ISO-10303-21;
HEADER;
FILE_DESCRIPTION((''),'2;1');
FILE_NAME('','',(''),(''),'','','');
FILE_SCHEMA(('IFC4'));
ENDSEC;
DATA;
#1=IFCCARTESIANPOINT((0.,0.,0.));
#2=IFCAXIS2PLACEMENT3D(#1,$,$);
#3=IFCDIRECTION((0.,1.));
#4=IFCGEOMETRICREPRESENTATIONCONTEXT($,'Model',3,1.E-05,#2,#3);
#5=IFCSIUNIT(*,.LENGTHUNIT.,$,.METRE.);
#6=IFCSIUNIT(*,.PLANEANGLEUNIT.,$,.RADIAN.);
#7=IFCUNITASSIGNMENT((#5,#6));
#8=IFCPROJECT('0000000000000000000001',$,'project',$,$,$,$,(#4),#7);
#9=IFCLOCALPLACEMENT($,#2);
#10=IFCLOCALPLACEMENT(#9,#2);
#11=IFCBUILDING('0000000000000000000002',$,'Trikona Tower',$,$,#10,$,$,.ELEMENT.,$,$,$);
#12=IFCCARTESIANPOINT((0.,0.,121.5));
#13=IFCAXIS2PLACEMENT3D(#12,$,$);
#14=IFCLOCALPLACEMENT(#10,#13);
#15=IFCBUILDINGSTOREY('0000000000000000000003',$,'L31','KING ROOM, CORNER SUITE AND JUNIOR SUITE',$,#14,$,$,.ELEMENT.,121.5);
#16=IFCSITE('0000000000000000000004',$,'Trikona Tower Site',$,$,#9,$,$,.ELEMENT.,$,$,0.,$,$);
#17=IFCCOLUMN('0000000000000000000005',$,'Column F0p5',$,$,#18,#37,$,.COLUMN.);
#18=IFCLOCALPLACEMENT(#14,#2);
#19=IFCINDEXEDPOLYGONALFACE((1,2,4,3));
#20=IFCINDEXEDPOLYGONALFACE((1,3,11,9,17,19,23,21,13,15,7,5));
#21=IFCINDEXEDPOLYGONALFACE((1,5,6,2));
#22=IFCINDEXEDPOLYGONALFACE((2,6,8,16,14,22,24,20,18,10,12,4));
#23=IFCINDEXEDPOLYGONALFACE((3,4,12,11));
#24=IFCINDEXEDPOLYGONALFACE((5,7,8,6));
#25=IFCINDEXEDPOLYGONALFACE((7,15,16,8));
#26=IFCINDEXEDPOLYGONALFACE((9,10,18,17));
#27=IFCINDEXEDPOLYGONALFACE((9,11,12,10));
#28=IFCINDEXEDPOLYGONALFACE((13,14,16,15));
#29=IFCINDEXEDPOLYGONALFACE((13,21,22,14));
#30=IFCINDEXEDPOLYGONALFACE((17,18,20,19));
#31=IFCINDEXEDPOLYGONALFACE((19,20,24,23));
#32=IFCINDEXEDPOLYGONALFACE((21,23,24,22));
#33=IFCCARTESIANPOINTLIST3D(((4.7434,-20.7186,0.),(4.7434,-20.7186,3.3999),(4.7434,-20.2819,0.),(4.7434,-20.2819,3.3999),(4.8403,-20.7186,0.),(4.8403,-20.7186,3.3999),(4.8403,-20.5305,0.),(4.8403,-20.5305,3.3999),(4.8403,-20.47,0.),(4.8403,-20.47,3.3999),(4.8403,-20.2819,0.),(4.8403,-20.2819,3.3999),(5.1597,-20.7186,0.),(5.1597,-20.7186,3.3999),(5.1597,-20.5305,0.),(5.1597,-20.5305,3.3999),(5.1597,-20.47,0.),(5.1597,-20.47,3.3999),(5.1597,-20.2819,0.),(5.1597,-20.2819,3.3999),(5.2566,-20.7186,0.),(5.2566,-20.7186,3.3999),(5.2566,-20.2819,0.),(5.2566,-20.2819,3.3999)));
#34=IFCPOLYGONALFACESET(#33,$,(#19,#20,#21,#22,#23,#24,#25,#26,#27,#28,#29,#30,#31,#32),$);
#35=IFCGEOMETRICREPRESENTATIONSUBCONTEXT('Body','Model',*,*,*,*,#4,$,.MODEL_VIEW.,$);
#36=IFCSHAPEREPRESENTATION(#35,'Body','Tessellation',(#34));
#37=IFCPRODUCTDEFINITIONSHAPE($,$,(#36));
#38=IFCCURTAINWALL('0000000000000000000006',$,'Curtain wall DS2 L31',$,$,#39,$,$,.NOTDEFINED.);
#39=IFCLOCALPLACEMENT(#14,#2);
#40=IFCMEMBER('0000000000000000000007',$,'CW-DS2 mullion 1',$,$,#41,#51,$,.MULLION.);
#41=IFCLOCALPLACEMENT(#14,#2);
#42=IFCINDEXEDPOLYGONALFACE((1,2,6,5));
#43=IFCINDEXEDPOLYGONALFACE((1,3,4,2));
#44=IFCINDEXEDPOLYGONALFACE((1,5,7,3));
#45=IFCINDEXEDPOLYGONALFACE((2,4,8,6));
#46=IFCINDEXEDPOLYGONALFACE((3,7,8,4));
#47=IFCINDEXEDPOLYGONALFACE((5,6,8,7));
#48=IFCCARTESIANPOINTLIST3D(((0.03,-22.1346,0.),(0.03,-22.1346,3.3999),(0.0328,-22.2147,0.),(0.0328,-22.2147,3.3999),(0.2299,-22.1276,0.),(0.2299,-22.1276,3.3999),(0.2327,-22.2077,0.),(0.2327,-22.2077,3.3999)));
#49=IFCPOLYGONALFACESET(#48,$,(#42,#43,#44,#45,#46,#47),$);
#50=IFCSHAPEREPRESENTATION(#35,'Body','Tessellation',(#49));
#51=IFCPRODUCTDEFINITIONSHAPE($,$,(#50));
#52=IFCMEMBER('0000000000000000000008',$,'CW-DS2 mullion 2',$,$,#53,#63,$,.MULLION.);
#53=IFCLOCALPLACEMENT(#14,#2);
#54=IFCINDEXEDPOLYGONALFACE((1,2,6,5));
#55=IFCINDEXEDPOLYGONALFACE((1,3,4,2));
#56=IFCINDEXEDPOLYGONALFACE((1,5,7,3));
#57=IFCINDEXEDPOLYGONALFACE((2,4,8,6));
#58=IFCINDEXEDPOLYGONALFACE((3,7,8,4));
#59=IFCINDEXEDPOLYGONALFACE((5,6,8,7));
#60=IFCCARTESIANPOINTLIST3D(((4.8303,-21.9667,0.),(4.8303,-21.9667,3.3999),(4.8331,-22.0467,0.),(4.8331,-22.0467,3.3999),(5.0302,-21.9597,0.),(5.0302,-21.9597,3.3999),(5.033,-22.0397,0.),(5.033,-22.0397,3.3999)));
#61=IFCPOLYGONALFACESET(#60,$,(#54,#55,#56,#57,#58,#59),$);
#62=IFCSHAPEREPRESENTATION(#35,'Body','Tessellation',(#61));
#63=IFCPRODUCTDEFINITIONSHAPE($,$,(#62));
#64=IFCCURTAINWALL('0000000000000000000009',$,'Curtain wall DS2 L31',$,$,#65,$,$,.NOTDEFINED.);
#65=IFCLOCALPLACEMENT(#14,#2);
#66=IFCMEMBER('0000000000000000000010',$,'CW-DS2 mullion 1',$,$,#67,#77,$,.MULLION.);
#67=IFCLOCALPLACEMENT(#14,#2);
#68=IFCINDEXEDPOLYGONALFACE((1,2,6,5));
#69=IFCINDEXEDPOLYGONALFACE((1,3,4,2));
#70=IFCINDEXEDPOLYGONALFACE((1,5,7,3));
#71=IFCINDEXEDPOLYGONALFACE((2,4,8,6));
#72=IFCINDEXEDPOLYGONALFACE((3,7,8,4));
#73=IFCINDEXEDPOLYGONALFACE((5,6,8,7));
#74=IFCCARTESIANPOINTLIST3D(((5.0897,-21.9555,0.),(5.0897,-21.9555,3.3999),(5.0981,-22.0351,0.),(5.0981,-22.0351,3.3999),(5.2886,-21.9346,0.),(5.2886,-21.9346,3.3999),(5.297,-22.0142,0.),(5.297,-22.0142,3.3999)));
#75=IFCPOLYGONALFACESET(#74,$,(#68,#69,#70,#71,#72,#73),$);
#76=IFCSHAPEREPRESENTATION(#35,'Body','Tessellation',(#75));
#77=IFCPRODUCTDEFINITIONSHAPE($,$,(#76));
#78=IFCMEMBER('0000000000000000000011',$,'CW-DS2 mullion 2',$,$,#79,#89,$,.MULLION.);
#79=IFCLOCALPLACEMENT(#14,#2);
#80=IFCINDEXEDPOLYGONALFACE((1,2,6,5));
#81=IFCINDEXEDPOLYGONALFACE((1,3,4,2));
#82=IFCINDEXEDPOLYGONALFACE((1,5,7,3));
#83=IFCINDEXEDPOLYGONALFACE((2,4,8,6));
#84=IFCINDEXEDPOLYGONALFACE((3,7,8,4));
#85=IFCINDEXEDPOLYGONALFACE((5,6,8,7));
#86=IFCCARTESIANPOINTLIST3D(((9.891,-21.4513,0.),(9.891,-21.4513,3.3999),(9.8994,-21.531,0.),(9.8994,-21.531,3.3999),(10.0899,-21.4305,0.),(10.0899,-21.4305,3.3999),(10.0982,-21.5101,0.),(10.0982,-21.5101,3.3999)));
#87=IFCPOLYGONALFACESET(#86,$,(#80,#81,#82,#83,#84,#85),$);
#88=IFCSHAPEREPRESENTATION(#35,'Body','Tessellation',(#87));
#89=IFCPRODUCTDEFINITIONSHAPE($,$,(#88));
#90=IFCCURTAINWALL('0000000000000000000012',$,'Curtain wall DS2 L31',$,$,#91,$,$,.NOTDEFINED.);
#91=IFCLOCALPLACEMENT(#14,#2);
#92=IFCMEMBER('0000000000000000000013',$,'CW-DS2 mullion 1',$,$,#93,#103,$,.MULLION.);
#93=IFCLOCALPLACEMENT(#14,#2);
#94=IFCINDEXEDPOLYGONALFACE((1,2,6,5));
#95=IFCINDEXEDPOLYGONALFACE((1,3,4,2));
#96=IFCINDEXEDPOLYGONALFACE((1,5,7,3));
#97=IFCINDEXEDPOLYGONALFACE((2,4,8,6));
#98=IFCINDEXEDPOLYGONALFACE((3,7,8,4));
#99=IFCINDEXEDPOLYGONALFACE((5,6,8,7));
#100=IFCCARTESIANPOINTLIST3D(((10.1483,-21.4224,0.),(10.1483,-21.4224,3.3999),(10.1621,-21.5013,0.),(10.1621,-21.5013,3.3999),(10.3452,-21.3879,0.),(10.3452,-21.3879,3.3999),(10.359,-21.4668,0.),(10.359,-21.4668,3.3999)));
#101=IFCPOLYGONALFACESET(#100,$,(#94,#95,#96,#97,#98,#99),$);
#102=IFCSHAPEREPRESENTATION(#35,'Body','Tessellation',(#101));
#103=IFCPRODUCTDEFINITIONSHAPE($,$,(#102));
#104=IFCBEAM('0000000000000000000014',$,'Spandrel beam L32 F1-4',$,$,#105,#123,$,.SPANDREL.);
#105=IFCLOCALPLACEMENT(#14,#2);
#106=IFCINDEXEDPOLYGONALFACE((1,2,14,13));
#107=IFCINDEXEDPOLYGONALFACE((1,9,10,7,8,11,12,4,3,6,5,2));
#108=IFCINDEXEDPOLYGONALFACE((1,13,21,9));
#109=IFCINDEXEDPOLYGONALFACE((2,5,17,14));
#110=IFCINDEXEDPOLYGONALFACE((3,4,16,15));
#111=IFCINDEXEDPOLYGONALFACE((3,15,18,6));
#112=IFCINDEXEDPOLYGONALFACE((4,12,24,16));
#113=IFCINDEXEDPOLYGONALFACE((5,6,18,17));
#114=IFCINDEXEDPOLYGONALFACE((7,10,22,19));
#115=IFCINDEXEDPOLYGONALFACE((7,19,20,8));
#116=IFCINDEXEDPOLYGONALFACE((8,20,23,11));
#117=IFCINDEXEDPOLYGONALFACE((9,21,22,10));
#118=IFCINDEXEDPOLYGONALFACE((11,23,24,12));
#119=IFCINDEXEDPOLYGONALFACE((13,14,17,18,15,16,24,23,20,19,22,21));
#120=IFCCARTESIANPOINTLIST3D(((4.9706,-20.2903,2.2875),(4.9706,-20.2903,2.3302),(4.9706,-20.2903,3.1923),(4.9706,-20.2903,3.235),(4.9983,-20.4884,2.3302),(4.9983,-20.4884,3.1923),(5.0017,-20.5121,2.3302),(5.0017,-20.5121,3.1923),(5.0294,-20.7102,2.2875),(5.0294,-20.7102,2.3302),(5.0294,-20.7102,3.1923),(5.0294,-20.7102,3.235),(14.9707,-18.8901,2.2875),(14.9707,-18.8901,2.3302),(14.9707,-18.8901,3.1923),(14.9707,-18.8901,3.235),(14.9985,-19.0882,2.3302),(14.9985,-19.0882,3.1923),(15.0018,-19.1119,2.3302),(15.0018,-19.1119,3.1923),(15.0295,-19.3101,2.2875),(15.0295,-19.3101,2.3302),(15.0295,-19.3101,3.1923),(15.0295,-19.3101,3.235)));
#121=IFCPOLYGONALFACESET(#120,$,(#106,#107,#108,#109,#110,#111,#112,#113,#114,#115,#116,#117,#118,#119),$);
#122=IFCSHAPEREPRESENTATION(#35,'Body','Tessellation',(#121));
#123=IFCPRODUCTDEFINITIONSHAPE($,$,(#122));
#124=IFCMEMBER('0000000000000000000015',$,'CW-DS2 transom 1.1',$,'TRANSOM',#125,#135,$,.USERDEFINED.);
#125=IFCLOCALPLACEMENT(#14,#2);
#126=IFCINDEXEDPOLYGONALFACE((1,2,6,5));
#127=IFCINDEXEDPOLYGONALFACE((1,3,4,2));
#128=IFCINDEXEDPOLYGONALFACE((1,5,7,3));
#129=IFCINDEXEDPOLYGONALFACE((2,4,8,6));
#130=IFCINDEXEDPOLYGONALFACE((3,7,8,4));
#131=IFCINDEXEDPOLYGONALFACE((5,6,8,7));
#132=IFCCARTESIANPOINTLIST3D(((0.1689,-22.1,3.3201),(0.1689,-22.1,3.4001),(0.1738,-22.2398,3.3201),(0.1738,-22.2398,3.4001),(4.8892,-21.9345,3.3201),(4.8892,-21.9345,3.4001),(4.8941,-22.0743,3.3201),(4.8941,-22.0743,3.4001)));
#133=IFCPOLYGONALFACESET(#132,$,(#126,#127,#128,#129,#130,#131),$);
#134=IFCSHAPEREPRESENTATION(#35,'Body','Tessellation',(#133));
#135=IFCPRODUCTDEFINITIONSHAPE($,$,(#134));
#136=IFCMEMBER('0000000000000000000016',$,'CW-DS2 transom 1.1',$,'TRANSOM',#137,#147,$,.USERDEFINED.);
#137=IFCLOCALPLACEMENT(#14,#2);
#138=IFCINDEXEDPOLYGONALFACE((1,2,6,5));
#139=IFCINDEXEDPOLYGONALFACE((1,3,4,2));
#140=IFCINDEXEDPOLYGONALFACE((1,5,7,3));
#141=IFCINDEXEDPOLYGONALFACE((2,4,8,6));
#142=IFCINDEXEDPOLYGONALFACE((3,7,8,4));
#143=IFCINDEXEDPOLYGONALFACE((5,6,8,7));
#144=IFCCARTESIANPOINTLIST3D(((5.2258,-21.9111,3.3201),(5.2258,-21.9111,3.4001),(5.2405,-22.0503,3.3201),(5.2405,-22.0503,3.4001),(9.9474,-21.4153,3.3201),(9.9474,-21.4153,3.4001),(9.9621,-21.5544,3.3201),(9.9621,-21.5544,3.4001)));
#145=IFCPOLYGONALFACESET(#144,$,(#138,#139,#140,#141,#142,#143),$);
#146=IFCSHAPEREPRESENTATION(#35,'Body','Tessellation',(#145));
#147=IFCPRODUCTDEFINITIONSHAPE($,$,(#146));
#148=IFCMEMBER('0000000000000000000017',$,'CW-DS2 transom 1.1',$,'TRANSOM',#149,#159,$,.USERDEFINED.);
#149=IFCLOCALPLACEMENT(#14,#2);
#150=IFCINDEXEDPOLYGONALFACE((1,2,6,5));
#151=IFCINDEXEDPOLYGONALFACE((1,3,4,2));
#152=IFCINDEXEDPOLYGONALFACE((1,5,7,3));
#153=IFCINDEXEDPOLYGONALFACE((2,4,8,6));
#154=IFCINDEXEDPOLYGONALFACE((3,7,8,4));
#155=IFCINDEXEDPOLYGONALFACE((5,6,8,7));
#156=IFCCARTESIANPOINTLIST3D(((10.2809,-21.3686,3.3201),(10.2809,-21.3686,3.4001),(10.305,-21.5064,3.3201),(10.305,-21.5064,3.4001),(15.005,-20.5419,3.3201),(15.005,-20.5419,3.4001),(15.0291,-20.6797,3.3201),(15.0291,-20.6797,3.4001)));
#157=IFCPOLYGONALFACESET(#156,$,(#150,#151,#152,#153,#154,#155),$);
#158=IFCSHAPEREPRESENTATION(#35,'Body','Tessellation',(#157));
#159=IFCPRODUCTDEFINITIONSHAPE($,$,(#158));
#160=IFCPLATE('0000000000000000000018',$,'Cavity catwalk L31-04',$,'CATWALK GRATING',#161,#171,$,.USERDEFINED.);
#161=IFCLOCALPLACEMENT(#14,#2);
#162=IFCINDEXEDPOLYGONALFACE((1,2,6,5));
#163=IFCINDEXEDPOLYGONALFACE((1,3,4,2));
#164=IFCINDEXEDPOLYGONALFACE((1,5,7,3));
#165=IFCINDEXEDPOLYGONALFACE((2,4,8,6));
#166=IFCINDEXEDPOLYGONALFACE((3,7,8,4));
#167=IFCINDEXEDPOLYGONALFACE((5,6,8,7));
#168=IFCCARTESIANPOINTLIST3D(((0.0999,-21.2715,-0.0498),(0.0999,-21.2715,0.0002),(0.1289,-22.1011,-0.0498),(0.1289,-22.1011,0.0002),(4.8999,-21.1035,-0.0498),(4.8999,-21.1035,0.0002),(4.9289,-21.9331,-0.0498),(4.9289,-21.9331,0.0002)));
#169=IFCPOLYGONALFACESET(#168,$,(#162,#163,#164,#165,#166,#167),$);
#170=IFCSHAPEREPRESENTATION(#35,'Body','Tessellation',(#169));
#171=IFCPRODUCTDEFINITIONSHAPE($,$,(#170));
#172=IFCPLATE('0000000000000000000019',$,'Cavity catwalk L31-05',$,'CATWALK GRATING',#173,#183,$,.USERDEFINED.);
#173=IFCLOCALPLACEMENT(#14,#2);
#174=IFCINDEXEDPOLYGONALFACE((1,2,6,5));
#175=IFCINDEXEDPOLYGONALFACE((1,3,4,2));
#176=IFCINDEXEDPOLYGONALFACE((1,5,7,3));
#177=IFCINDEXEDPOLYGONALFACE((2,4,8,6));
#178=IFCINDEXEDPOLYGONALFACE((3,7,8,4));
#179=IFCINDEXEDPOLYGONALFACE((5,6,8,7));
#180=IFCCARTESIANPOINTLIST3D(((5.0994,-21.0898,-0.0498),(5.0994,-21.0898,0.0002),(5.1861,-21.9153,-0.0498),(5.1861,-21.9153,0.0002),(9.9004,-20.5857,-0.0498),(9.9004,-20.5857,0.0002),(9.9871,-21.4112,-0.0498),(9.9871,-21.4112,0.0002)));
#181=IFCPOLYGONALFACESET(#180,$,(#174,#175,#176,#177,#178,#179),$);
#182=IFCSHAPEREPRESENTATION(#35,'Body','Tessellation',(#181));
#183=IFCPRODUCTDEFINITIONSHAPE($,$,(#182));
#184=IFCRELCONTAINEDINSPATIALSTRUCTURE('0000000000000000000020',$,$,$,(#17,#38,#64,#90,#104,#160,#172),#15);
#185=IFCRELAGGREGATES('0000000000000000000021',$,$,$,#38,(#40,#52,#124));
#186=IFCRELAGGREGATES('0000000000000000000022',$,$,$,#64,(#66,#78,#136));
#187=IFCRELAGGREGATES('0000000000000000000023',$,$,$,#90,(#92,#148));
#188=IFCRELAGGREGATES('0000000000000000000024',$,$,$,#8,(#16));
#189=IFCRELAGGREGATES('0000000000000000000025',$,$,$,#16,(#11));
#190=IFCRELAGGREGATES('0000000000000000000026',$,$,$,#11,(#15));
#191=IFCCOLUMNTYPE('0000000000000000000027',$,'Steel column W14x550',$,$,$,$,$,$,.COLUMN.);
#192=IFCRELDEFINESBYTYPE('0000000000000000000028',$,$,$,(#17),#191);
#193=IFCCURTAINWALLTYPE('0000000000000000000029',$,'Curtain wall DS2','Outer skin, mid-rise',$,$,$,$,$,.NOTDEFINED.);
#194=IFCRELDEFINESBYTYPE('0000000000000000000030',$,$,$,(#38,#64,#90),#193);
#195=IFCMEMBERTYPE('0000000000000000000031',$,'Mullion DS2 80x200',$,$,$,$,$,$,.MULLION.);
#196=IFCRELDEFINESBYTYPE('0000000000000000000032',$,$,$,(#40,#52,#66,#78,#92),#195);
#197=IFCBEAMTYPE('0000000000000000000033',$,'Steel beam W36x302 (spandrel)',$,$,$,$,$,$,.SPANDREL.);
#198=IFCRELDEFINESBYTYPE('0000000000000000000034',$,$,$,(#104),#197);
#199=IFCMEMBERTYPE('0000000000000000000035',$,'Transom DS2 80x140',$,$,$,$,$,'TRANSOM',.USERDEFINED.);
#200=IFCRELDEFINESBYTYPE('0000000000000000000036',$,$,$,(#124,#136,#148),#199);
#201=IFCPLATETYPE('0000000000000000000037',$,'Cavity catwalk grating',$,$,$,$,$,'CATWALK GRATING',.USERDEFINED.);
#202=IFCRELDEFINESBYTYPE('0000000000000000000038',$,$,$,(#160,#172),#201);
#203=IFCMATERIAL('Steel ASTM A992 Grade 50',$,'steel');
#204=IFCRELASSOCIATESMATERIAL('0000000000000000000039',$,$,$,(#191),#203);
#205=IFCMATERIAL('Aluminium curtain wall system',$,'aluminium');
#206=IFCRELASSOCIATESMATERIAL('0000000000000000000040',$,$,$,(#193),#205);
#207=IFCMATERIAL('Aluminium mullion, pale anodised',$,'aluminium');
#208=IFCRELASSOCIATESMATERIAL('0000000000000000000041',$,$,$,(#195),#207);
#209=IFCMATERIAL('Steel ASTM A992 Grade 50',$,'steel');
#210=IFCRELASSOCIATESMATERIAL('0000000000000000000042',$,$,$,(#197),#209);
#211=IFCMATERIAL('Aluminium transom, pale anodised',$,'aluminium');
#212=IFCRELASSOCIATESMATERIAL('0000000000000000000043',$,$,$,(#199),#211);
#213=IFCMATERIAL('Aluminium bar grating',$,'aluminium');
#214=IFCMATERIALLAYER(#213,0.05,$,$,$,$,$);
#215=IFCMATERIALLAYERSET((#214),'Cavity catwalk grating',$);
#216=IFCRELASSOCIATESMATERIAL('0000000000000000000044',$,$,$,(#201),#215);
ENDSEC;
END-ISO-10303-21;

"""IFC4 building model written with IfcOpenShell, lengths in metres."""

from ifc_helpers import new_model, si_unit, direction, frame, origin, origin_2d, place, context, subcontext, project, spatial, rectangle, i_section, extrude, material, layer, layer_set, material_profile, profile_set, type_object, element, aggregate, save


model = new_model("IFC4")

# Units and contexts
model_context = context("Model", 3, precision=1e-05, world=origin(), true_north=direction((0.0, 1.0)))
body_context = subcontext(model_context, "Body", "Model", "MODEL_VIEW")
ifc_project = project(units=[si_unit("LENGTHUNIT", "METRE"), si_unit("PLANEANGLEUNIT", "RADIAN")], contexts=[model_context])

# Site, building, storey
site_placement = place(None, origin())
site = spatial("IfcSite", under=ifc_project, at=site_placement, Name="Trikona Tower Site", CompositionType="ELEMENT", RefElevation=0.0)
building_placement = place(site_placement, origin())
building = spatial("IfcBuilding", under=site, at=building_placement, Name="Trikona Tower", CompositionType="ELEMENT")
storey_placement = place(building_placement, frame((0.0, 0.0, 121.5)))
storey = spatial("IfcBuildingStorey", under=building, at=storey_placement, Name="L31", Description="KING ROOM, CORNER SUITE AND JUNIOR SUITE", CompositionType="ELEMENT", Elevation=121.5)

# Column
ifc_material_1 = material(Name="Steel ASTM A992 Grade 50", Category="steel")
ifc_material_profile_1 = material_profile(ifc_material_1, i_section(OverallWidth=0.4368, OverallDepth=0.5132, WebThickness=0.0605, FlangeThickness=0.0969, at=origin_2d()), Name="W14X550")
ifc_profile_set_1 = profile_set([ifc_material_profile_1], Name="Steel ASTM A992 Grade 50")
column_type = type_object("IfcColumnType", Name="Steel column W14x550", PredefinedType="COLUMN", material=ifc_profile_set_1)
column_placement = place(storey_placement, frame((5.0, -20.5002, 0.0), z_axis=(0.0, 0.0, 1.0), x_axis=(0.0, -1.0, 0.0)))
element("IfcColumn", 1, at=column_placement, inside=storey, type_object=column_type, Name="Column F0p5", PredefinedType="COLUMN", context=body_context, shape_type="SweptSolid", body=[
    extrude(i_section(OverallWidth=0.4368, OverallDepth=0.5132, WebThickness=0.0605, FlangeThickness=0.0969, at=origin_2d()), origin(), (0.0, 0.0, 1.0), 3.3999),
])

# Curtain walls, members
ifc_material_2 = material(Name="Aluminium curtain wall system", Category="aluminium")
curtain_wall_type = type_object("IfcCurtainWallType", Name="Curtain wall DS2", Description="Outer skin, mid-rise", PredefinedType="NOTDEFINED", material=ifc_material_2)
curtain_wall_1_placement = place(storey_placement, origin())
curtain_wall_1 = element("IfcCurtainWall", 2, at=curtain_wall_1_placement, inside=storey, type_object=curtain_wall_type, Name="Curtain wall DS2 L31", PredefinedType="NOTDEFINED")
ifc_material_3 = material(Name="Aluminium mullion, pale anodised", Category="aluminium")
ifc_material_profile_2 = material_profile(ifc_material_3, rectangle(XDim=0.0801, YDim=0.2, at=origin_2d()), Name="MUL-DS2")
ifc_profile_set_2 = profile_set([ifc_material_profile_2], Name="Aluminium mullion, pale anodised")
member_type_1 = type_object("IfcMemberType", Name="Mullion DS2 80x200", PredefinedType="MULLION", material=ifc_profile_set_2)
member_1_placement = place(storey_placement, frame((0.1313, -22.1711, 0.0), z_axis=(0.0, 0.0, 1.0), x_axis=(-0.034998, 0.999387, 0.0)))
member_1 = element("IfcMember", 3, at=member_1_placement, type_object=member_type_1, Name="CW-DS2 mullion 1", PredefinedType="MULLION", context=body_context, shape_type="SweptSolid", body=[
    extrude(rectangle(XDim=0.0801, YDim=0.2, at=origin_2d()), origin(), (0.0, 0.0, 1.0), 3.3999),
])
member_2_placement = place(storey_placement, frame((4.9316, -22.0032, 0.0), z_axis=(0.0, 0.0, 1.0), x_axis=(-0.034998, 0.999387, 0.0)))
member_2 = element("IfcMember", 4, at=member_2_placement, type_object=member_type_1, Name="CW-DS2 mullion 2", PredefinedType="MULLION", context=body_context, shape_type="SweptSolid", body=[
    extrude(rectangle(XDim=0.0801, YDim=0.2, at=origin_2d()), origin(), (0.0, 0.0, 1.0), 3.3999),
])
curtain_wall_2_placement = place(storey_placement, origin())
curtain_wall_2 = element("IfcCurtainWall", 5, at=curtain_wall_2_placement, inside=storey, type_object=curtain_wall_type, Name="Curtain wall DS2 L31", PredefinedType="NOTDEFINED")
member_3_placement = place(storey_placement, frame((5.1934, -21.9849, 0.0), z_axis=(0.0, 0.0, 1.0), x_axis=(-0.104433, 0.994532, 0.0)))
member_3 = element("IfcMember", 6, at=member_3_placement, type_object=member_type_1, Name="CW-DS2 mullion 1", PredefinedType="MULLION", context=body_context, shape_type="SweptSolid", body=[
    extrude(rectangle(XDim=0.0801, YDim=0.2, at=origin_2d()), origin(), (0.0, 0.0, 1.0), 3.3999),
])
member_4_placement = place(storey_placement, frame((9.9946, -21.4807, 0.0), z_axis=(0.0, 0.0, 1.0), x_axis=(-0.104433, 0.994532, 0.0)))
member_4 = element("IfcMember", 7, at=member_4_placement, type_object=member_type_1, Name="CW-DS2 mullion 2", PredefinedType="MULLION", context=body_context, shape_type="SweptSolid", body=[
    extrude(rectangle(XDim=0.0801, YDim=0.2, at=origin_2d()), origin(), (0.0, 0.0, 1.0), 3.3999),
])

# Curtain wall, member
curtain_wall_3_placement = place(storey_placement, origin())
curtain_wall_3 = element("IfcCurtainWall", 8, at=curtain_wall_3_placement, inside=storey, type_object=curtain_wall_type, Name="Curtain wall DS2 L31", PredefinedType="NOTDEFINED")
member_5_placement = place(storey_placement, frame((10.2537, -21.4446, 0.0), z_axis=(0.0, 0.0, 1.0), x_axis=(-0.172377, 0.985031, 0.0)))
member_5 = element("IfcMember", 9, at=member_5_placement, type_object=member_type_1, Name="CW-DS2 mullion 1", PredefinedType="MULLION", context=body_context, shape_type="SweptSolid", body=[
    extrude(rectangle(XDim=0.0801, YDim=0.2, at=origin_2d()), origin(), (0.0, 0.0, 1.0), 3.3999),
])

# Beam
ifc_material_4 = material(Name="Steel ASTM A992 Grade 50", Category="steel")
ifc_material_profile_3 = material_profile(ifc_material_4, i_section(OverallWidth=0.4241, OverallDepth=0.9475, WebThickness=0.0239, FlangeThickness=0.0427, at=origin_2d()), Name="W36X302")
ifc_profile_set_3 = profile_set([ifc_material_profile_3], Name="Steel ASTM A992 Grade 50")
beam_type = type_object("IfcBeamType", Name="Steel beam W36x302 (spandrel)", PredefinedType="SPANDREL", material=ifc_profile_set_3)
beam_placement = place(storey_placement, frame((5.0, -20.5002, 2.7612), z_axis=(0.99034, 0.138662, 0.0), x_axis=(-0.138662, 0.99034, 0.0)))
element("IfcBeam", 10, at=beam_placement, inside=storey, type_object=beam_type, Name="Spandrel beam L32 F1-4", PredefinedType="SPANDREL", context=body_context, shape_type="SweptSolid", body=[
    extrude(i_section(OverallWidth=0.4241, OverallDepth=0.9475, WebThickness=0.0239, FlangeThickness=0.0427, at=origin_2d()), origin(), (0.0, 0.0, 1.0), 10.0977),
])

# Members
ifc_material_5 = material(Name="Aluminium transom, pale anodised", Category="aluminium")
ifc_material_profile_4 = material_profile(ifc_material_5, rectangle(XDim=0.1399, YDim=0.0801, at=origin_2d()), Name="TRN-DS2")
ifc_profile_set_4 = profile_set([ifc_material_profile_4], Name="Aluminium transom, pale anodised")
member_type_2 = type_object("IfcMemberType", Name="Transom DS2 80x140", ElementType="TRANSOM", PredefinedType="USERDEFINED", material=ifc_profile_set_4)
member_6_placement = place(storey_placement, frame((0.1714, -22.1699, 3.3601), z_axis=(0.999386, 0.035046, 0.0), x_axis=(-0.035046, 0.999386, 0.0)))
member_6 = element("IfcMember", 11, at=member_6_placement, type_object=member_type_2, Name="CW-DS2 transom 1.1", ObjectType="TRANSOM", PredefinedType="USERDEFINED", context=body_context, shape_type="SweptSolid", body=[
    extrude(rectangle(XDim=0.1399, YDim=0.0801, at=origin_2d()), origin(), (0.0, 0.0, 1.0), 4.7231),
])
member_7_placement = place(storey_placement, frame((5.2332, -21.9807, 3.3601), z_axis=(0.994531, 0.104441, 0.0), x_axis=(-0.104441, 0.994531, 0.0)))
member_7 = element("IfcMember", 12, at=member_7_placement, type_object=member_type_2, Name="CW-DS2 transom 1.1", ObjectType="TRANSOM", PredefinedType="USERDEFINED", context=body_context, shape_type="SweptSolid", body=[
    extrude(rectangle(XDim=0.1399, YDim=0.0801, at=origin_2d()), origin(), (0.0, 0.0, 1.0), 4.7476),
])
member_8_placement = place(storey_placement, frame((10.293, -21.4375, 3.3601), z_axis=(0.985033, 0.172368, 0.0), x_axis=(-0.172368, 0.985033, 0.0)))
member_8 = element("IfcMember", 13, at=member_8_placement, type_object=member_type_2, Name="CW-DS2 transom 1.1", ObjectType="TRANSOM", PredefinedType="USERDEFINED", context=body_context, shape_type="SweptSolid", body=[
    extrude(rectangle(XDim=0.1399, YDim=0.0801, at=origin_2d()), origin(), (0.0, 0.0, 1.0), 4.7959),
])

# Plates
ifc_material_6 = material(Name="Aluminium bar grating", Category="aluminium")
ifc_layer_1 = layer(ifc_material_6, 0.05)
ifc_layer_set_1 = layer_set([ifc_layer_1], Name="Cavity catwalk grating")
plate_type_1 = type_object("IfcPlateType", Name="Cavity catwalk grating", ElementType="CATWALK GRATING", PredefinedType="USERDEFINED", material=ifc_layer_set_1)
plate_1_placement = place(storey_placement, frame((2.5144, -21.6023, -0.0498), z_axis=(0.0, 0.0, 1.0), x_axis=(0.999388, 0.034978, 0.0)))
element("IfcPlate", 14, at=plate_1_placement, inside=storey, type_object=plate_type_1, Name="Cavity catwalk L31-04", ObjectType="CATWALK GRATING", PredefinedType="USERDEFINED", context=body_context, shape_type="SweptSolid", body=[
    extrude(rectangle(XDim=4.803, YDim=0.8301, at=origin_2d()), origin(), (0.0, 0.0, 1.0), 0.05),
])
plate_2_placement = place(storey_placement, frame((7.5432, -21.2505, -0.0498), z_axis=(0.0, 0.0, 1.0), x_axis=(0.994533, 0.104426, 0.0)))
element("IfcPlate", 15, at=plate_2_placement, inside=storey, type_object=plate_type_1, Name="Cavity catwalk L31-05", ObjectType="CATWALK GRATING", PredefinedType="USERDEFINED", context=body_context, shape_type="SweptSolid", body=[
    extrude(rectangle(XDim=4.8274, YDim=0.8301, at=origin_2d()), origin(), (0.0, 0.0, 1.0), 0.05),
])

aggregate(curtain_wall_1, [member_1, member_2, member_6])
aggregate(curtain_wall_2, [member_3, member_4, member_7])
aggregate(curtain_wall_3, [member_5, member_8])

save(model, "model.ifc")
